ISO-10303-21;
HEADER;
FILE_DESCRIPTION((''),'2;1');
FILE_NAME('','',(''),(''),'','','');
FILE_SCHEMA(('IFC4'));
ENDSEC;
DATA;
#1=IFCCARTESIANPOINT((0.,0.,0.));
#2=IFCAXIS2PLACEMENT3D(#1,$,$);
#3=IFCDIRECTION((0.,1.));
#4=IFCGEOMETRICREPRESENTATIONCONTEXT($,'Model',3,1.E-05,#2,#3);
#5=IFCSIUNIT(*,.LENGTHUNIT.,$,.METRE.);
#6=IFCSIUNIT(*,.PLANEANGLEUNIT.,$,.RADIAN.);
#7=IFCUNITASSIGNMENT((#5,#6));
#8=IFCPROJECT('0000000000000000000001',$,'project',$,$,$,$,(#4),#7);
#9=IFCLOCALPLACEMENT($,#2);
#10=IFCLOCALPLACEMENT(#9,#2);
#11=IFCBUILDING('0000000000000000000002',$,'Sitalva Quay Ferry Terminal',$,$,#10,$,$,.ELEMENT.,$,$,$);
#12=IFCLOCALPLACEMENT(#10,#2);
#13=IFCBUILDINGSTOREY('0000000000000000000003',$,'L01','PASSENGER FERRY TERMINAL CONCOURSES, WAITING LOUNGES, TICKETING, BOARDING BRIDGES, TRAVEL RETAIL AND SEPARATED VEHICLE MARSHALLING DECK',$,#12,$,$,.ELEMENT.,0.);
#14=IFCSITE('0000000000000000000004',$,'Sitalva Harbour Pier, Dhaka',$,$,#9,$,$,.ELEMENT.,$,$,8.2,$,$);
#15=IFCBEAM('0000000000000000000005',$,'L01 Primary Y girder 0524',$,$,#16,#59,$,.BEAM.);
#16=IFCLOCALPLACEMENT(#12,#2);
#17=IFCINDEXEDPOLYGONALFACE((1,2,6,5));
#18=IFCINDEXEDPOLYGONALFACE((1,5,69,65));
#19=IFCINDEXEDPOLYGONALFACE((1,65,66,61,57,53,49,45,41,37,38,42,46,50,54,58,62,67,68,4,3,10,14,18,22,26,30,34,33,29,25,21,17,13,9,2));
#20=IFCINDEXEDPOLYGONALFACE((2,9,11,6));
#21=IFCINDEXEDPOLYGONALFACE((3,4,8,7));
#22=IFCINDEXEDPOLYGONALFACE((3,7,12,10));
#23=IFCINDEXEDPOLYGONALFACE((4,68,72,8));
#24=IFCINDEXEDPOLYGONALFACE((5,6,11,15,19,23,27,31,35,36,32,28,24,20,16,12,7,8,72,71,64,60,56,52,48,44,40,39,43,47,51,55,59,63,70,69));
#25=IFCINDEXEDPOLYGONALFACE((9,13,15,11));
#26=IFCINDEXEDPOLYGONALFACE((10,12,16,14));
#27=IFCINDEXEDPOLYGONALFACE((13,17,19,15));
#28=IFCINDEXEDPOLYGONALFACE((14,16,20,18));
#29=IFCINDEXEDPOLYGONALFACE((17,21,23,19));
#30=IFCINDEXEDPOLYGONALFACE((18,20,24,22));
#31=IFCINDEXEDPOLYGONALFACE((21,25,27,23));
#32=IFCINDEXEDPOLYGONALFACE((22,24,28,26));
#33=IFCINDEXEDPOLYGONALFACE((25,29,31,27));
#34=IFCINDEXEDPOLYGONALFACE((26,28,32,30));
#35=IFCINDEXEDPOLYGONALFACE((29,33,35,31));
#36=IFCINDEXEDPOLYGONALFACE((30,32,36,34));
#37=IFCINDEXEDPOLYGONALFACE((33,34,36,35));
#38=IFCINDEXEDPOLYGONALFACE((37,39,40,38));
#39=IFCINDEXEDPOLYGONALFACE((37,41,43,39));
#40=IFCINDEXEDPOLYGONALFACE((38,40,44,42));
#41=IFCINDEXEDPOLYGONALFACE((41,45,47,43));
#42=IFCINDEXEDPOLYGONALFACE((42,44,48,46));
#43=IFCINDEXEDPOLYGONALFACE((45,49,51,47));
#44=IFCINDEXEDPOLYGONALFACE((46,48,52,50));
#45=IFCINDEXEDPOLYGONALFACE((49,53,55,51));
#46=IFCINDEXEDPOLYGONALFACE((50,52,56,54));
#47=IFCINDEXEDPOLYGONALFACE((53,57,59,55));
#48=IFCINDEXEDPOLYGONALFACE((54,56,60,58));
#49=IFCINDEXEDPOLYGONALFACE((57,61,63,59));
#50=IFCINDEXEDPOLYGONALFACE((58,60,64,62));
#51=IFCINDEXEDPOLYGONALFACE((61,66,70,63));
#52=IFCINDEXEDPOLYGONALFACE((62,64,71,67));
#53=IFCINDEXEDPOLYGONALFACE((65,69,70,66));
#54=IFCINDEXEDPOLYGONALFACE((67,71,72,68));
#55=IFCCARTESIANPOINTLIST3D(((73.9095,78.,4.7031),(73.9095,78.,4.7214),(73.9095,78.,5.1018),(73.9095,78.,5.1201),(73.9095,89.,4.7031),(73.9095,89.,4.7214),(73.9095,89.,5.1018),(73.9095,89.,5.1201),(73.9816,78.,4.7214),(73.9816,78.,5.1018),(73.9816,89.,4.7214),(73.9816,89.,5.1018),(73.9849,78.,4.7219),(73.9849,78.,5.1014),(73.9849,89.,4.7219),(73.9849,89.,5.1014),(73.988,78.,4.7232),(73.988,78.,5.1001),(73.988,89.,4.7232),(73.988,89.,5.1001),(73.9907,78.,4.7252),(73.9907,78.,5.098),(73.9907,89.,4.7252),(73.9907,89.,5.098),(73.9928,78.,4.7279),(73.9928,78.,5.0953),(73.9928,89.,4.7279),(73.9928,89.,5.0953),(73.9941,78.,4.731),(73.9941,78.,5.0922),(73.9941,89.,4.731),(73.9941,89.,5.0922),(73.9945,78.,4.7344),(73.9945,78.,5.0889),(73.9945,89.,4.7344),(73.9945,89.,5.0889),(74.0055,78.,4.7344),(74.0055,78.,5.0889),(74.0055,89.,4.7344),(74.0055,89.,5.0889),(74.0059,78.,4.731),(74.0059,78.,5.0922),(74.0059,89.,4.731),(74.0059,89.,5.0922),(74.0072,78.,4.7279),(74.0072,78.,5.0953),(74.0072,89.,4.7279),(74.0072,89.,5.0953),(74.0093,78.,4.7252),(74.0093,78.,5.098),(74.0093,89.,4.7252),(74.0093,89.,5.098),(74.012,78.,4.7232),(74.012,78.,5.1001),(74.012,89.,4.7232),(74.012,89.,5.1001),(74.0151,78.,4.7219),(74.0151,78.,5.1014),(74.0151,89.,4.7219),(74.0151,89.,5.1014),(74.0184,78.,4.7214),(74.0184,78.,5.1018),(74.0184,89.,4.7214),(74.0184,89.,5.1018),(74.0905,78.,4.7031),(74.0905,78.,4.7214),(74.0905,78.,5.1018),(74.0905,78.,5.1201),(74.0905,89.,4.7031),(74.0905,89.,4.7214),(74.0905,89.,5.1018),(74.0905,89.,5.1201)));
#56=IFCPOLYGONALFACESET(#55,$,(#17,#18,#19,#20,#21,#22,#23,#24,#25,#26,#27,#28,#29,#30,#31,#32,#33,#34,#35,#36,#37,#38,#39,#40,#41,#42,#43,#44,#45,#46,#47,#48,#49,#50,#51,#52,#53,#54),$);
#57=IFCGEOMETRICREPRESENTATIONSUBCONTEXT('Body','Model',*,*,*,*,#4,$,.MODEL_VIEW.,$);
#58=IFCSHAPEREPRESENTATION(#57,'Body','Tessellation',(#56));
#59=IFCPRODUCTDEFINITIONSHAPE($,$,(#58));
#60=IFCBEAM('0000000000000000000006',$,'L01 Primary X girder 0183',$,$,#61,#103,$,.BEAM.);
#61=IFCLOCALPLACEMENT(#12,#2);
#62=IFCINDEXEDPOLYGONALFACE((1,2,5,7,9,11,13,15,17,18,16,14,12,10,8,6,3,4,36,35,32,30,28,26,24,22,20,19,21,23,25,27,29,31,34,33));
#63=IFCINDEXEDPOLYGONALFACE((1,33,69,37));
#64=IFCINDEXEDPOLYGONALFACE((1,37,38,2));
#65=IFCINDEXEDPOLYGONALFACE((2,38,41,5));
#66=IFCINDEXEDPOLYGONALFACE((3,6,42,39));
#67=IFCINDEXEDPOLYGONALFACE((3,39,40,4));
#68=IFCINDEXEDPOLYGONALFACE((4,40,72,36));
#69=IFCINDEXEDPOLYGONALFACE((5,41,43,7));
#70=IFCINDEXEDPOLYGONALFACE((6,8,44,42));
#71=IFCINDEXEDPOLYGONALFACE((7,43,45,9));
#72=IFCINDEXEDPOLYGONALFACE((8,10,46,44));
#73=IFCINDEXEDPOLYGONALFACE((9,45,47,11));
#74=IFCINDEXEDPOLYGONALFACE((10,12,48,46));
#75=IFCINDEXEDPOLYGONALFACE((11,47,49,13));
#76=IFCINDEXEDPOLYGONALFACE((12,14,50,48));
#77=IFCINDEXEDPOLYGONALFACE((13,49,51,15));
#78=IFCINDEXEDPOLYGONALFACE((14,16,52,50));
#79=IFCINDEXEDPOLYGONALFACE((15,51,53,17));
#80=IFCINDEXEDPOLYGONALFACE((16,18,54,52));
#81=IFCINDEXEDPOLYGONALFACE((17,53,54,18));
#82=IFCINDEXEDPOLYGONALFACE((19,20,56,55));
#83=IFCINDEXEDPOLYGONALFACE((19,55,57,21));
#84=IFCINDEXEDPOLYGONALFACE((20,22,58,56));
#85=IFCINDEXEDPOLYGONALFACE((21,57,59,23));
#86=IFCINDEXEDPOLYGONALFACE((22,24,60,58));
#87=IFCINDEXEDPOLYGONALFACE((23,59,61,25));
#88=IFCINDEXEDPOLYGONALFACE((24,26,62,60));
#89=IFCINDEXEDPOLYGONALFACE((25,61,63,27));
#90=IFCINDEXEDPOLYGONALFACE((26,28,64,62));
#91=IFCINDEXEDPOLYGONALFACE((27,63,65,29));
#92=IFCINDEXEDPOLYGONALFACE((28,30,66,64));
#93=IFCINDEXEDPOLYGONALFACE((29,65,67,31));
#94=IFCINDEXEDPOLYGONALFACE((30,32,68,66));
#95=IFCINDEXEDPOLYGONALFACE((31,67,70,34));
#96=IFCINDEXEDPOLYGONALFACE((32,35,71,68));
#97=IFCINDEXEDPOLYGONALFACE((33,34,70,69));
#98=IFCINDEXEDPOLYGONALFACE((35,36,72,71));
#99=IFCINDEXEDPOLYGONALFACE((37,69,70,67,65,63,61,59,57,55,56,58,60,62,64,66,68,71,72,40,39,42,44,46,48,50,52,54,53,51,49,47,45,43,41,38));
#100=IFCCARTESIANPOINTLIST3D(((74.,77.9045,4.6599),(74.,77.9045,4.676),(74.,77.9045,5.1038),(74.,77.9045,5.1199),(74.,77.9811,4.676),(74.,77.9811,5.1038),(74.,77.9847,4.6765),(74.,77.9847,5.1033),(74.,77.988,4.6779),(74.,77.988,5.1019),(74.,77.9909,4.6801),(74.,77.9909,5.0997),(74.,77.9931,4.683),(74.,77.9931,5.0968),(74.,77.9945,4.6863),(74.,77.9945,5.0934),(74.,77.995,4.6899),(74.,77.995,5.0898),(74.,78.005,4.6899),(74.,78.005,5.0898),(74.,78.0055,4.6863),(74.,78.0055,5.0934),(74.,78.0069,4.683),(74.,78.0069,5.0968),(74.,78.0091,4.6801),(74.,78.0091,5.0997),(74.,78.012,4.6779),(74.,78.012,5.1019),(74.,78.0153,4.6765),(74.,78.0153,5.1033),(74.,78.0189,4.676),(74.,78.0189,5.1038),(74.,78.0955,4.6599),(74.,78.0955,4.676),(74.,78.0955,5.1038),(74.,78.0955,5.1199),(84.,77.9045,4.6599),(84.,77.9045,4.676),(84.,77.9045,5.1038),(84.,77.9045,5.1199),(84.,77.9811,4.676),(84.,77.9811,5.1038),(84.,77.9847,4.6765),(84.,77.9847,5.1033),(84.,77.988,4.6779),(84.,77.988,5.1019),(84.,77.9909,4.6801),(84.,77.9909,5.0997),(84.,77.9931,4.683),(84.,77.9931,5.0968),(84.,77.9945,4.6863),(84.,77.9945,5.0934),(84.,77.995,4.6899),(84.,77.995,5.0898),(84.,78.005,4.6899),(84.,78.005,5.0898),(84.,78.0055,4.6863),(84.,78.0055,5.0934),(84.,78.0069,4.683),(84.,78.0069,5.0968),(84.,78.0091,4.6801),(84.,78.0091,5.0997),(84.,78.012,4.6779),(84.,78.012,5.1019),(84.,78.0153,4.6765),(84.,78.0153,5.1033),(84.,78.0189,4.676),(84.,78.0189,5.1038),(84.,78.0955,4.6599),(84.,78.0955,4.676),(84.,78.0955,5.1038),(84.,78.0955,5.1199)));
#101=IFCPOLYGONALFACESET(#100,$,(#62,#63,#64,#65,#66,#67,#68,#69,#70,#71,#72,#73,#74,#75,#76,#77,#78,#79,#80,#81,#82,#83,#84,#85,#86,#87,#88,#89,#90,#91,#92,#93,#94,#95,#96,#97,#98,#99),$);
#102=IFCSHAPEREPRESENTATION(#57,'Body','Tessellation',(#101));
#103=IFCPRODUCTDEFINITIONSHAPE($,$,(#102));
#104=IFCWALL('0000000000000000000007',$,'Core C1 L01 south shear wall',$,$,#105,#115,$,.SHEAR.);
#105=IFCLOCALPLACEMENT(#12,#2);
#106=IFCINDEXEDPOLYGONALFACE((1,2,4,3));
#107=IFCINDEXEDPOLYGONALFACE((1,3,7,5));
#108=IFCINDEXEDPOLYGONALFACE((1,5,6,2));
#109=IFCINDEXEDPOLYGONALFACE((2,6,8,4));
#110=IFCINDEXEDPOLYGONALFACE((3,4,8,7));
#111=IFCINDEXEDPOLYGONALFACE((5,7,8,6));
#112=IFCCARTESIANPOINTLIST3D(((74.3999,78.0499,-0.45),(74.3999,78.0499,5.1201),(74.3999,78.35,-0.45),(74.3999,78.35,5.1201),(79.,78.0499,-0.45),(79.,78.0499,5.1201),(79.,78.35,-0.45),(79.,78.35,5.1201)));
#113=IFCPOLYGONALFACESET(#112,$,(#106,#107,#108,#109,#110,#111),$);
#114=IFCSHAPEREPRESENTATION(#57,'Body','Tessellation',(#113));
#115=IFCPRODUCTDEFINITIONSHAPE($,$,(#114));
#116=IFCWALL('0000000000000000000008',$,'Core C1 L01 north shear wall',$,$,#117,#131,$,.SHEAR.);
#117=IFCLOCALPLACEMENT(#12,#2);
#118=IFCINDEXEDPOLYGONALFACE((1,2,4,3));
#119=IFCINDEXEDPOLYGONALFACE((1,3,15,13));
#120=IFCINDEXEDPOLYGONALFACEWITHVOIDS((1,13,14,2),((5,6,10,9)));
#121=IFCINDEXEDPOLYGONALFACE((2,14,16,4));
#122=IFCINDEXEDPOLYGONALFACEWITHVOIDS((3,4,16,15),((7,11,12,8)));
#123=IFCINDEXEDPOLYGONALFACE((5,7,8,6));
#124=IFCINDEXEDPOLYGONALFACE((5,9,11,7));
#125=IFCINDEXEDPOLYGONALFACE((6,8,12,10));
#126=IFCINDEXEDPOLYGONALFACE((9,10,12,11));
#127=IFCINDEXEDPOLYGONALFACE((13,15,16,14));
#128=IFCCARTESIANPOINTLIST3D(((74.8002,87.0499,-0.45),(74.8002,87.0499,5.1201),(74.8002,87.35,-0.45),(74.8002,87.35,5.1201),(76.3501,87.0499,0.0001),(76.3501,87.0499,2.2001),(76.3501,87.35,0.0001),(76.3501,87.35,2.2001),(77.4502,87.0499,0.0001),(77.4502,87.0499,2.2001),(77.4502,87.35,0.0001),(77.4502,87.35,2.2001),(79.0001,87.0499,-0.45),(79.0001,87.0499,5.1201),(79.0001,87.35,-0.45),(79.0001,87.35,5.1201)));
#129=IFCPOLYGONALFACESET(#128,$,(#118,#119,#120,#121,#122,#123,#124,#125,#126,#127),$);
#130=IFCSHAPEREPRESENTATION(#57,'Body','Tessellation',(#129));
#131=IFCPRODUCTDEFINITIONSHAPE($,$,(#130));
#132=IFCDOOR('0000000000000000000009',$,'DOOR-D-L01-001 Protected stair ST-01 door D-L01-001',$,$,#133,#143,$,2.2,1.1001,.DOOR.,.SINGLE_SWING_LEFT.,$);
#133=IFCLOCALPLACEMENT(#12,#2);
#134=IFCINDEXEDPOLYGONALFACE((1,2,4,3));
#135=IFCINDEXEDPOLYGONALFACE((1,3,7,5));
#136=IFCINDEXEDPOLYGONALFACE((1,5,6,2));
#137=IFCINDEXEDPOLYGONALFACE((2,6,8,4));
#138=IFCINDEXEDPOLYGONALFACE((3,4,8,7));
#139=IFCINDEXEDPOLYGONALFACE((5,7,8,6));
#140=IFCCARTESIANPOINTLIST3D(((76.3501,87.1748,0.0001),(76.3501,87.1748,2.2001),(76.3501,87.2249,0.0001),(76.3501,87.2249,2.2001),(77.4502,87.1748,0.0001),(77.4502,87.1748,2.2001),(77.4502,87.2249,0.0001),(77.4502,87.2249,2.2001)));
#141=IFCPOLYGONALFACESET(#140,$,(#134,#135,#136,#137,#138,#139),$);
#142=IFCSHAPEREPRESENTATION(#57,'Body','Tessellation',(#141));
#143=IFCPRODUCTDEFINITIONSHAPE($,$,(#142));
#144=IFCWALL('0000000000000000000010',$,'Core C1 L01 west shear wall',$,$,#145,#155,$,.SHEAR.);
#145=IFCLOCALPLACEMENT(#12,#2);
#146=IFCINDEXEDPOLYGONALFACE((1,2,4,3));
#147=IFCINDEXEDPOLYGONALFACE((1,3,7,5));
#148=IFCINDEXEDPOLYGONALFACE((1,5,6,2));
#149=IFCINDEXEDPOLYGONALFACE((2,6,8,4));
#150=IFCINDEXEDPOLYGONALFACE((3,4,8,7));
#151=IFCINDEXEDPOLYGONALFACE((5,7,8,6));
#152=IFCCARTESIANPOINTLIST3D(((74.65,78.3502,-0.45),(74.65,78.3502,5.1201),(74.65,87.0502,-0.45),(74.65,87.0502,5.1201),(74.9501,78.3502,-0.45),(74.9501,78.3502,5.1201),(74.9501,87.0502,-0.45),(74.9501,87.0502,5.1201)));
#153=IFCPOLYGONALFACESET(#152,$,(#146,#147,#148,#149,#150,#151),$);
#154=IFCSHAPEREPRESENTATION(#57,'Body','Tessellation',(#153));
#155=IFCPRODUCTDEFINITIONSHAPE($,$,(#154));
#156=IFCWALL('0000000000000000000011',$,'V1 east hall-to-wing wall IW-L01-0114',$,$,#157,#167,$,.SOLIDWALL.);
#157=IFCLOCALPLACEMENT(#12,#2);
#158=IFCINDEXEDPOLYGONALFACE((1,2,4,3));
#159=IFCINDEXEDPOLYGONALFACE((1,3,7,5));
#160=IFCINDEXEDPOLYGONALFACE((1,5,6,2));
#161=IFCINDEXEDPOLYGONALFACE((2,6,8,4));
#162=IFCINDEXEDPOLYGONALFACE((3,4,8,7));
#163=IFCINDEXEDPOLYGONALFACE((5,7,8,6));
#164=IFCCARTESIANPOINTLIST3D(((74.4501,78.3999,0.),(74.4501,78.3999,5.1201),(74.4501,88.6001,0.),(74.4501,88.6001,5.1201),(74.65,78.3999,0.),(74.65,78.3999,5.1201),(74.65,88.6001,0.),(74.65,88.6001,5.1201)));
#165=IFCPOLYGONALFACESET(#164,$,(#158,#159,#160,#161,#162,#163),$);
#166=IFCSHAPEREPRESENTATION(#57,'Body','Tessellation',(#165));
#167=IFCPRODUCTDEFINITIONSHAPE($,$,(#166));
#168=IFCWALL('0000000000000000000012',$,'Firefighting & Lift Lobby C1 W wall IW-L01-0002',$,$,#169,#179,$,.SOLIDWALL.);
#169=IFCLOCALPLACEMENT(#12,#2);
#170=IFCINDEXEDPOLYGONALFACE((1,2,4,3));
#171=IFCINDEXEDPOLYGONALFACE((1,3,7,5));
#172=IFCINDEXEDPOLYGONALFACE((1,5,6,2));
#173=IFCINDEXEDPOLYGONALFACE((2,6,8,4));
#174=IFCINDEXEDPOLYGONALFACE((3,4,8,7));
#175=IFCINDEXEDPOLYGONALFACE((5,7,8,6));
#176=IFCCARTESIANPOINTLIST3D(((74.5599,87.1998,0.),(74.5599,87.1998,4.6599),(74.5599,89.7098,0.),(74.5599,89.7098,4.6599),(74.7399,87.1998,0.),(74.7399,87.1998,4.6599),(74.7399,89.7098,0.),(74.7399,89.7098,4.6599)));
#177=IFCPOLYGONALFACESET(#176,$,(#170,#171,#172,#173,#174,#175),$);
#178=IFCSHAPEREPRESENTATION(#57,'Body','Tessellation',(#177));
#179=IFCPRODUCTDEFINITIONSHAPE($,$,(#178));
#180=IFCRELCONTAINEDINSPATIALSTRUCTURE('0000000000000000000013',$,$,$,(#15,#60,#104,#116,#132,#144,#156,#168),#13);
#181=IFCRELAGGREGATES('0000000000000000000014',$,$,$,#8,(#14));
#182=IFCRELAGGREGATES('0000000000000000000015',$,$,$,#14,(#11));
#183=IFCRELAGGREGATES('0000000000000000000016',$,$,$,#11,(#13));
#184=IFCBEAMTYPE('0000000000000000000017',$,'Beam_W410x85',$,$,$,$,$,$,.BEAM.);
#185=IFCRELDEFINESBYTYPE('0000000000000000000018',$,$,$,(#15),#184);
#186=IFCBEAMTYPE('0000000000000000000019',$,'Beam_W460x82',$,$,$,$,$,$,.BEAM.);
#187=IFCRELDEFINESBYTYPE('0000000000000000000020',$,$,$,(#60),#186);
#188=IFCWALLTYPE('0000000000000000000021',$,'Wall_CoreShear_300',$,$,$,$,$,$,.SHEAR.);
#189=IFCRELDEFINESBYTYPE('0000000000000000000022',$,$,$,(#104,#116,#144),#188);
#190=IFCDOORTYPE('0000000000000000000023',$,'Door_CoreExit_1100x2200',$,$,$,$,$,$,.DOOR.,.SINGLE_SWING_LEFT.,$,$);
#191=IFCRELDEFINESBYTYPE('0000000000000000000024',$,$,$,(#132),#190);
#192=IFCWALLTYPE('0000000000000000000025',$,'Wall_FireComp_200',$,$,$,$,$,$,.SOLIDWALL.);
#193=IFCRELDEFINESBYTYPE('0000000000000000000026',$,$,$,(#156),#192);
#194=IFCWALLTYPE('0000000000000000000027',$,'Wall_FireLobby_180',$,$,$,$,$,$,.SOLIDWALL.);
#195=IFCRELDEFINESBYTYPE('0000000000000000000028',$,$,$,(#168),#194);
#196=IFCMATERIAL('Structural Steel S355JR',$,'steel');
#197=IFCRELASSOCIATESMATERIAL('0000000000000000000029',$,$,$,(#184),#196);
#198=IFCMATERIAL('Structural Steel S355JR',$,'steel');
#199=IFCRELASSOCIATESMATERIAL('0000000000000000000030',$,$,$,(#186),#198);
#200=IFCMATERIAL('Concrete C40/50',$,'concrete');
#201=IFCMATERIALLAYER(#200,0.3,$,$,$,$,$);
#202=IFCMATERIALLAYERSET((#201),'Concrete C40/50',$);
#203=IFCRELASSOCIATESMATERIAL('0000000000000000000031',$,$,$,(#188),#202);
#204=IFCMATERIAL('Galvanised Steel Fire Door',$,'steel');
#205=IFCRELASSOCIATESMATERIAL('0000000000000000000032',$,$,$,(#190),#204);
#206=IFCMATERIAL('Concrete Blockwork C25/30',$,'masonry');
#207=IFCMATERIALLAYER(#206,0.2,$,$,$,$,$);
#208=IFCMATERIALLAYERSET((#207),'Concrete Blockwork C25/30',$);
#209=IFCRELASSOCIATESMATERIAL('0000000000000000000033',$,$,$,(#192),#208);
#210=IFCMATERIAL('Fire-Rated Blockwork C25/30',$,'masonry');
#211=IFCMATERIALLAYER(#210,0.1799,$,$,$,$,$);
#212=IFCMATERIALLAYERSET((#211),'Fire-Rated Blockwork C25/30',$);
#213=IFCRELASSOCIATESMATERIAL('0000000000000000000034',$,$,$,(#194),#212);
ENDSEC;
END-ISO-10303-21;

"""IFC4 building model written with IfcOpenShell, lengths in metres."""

from ifc_helpers import new_model, si_unit, direction, frame, frame_2d, origin, origin_2d, place, context, subcontext, project, spatial, rectangle, i_section, extrude, material, layer, layer_set, material_profile, profile_set, type_object, element, fill, save


model = new_model("IFC4")

# Units and contexts
model_context = context("Model", 3, precision=1e-05, world=origin(), true_north=direction((0.0, 1.0)))
body_context = subcontext(model_context, "Body", "Model", "MODEL_VIEW")
ifc_project = project(units=[si_unit("LENGTHUNIT", "METRE"), si_unit("PLANEANGLEUNIT", "RADIAN")], contexts=[model_context])

# Site, building, storey
site_placement = place(None, origin())
site = spatial("IfcSite", under=ifc_project, at=site_placement, Name="Sitalva Harbour Pier, Dhaka", CompositionType="ELEMENT", RefElevation=8.2)
building_placement = place(site_placement, origin())
building = spatial("IfcBuilding", under=site, at=building_placement, Name="Sitalva Quay Ferry Terminal", CompositionType="ELEMENT")
storey_placement = place(building_placement, origin())
storey = spatial("IfcBuildingStorey", under=building, at=storey_placement, Name="L01", Description="PASSENGER FERRY TERMINAL CONCOURSES, WAITING LOUNGES, TICKETING, BOARDING BRIDGES, TRAVEL RETAIL AND SEPARATED VEHICLE MARSHALLING DECK", CompositionType="ELEMENT", Elevation=0.0)

# Beams
ifc_material_1 = material(Name="Structural Steel S355JR", Category="steel")
ifc_material_profile_1 = material_profile(ifc_material_1, i_section(OverallWidth=0.1809, OverallDepth=0.417, WebThickness=0.011, FlangeThickness=0.0183, FilletRadius=0.0129, at=origin_2d()), Name="W410x85")
ifc_profile_set_1 = profile_set([ifc_material_profile_1], Name="Structural Steel S355JR")
beam_type_1 = type_object("IfcBeamType", Name="Beam_W410x85", PredefinedType="BEAM", material=ifc_profile_set_1)
beam_1_placement = place(storey_placement, frame((74.0, 78.0, 4.9116), z_axis=(0.0, 1.0, 0.0), x_axis=(-1.0, 0.0, 0.0)))
element("IfcBeam", 1, at=beam_1_placement, inside=storey, type_object=beam_type_1, Name="L01 Primary Y girder 0524", PredefinedType="BEAM", context=body_context, shape_type="SweptSolid", body=[
    extrude(i_section(OverallWidth=0.1809, OverallDepth=0.417, WebThickness=0.011, FlangeThickness=0.0183, FilletRadius=0.0129, at=origin_2d()), origin(), (0.0, 0.0, 1.0), 11.0),
])
ifc_material_2 = material(Name="Structural Steel S355JR", Category="steel")
ifc_material_profile_2 = material_profile(ifc_material_2, i_section(OverallWidth=0.1909, OverallDepth=0.46, WebThickness=0.01, FlangeThickness=0.0161, FilletRadius=0.0139, at=origin_2d()), Name="W460x82")
ifc_profile_set_2 = profile_set([ifc_material_profile_2], Name="Structural Steel S355JR")
beam_type_2 = type_object("IfcBeamType", Name="Beam_W460x82", PredefinedType="BEAM", material=ifc_profile_set_2)
beam_2_placement = place(storey_placement, frame((74.0, 78.0, 4.8899), z_axis=(1.0, 0.0, 0.0), x_axis=(0.0, 1.0, 0.0)))
element("IfcBeam", 2, at=beam_2_placement, inside=storey, type_object=beam_type_2, Name="L01 Primary X girder 0183", PredefinedType="BEAM", context=body_context, shape_type="SweptSolid", body=[
    extrude(i_section(OverallWidth=0.1909, OverallDepth=0.46, WebThickness=0.01, FlangeThickness=0.0161, FilletRadius=0.0139, at=origin_2d()), origin(), (0.0, 0.0, 1.0), 10.0),
])

# Wall
ifc_material_3 = material(Name="Concrete C40/50", Category="concrete")
ifc_layer_1 = layer(ifc_material_3, 0.3)
ifc_layer_set_1 = layer_set([ifc_layer_1], Name="Concrete C40/50")
wall_type_1 = type_object("IfcWallType", Name="Wall_CoreShear_300", PredefinedType="SHEAR", material=ifc_layer_set_1)
wall_1_placement = place(storey_placement, frame((74.3999, 78.2, -0.45), z_axis=(0.0, 0.0, 1.0), x_axis=(1.0, 0.0, 0.0)))
element("IfcWall", 3, at=wall_1_placement, inside=storey, type_object=wall_type_1, Name="Core C1 L01 south shear wall", PredefinedType="SHEAR", context=body_context, shape_type="SweptSolid", body=[
    extrude(rectangle(XDim=4.6001, YDim=0.3, at=frame_2d((2.3, 0.0))), origin(), (0.0, 0.0, 1.0), 5.5701),
])

# Wall, opening, door
wall_2_placement = place(storey_placement, frame((74.8, 87.2, -0.45), z_axis=(0.0, 0.0, 1.0), x_axis=(1.0, 0.0, 0.0)))
wall_2 = element("IfcWall", 4, at=wall_2_placement, inside=storey, type_object=wall_type_1, Name="Core C1 L01 north shear wall", PredefinedType="SHEAR", context=body_context, shape_type="SweptSolid", body=[
    extrude(rectangle(XDim=4.2, YDim=0.3, at=frame_2d((2.1001, 0.0))), origin(), (0.0, 0.0, 1.0), 5.5701),
])
opening_placement = place(wall_2_placement, frame((1.55, 0.0, 0.45)))
opening = element("IfcOpeningElement", 5, at=opening_placement, cuts=wall_2, PredefinedType="OPENING", context=body_context, shape_type="SweptSolid", body=[
    extrude(rectangle(XDim=1.1001, YDim=2.2, at=frame_2d((0.55, 1.1001))), frame((0.0, 0.1599, 0.0), z_axis=(0.0, -1.0, 0.0), x_axis=(1.0, 0.0, 0.0)), (0.0, 0.0, 1.0), 0.3201),
])
ifc_material_4 = material(Name="Galvanised Steel Fire Door", Category="steel")
door_type = type_object("IfcDoorType", Name="Door_CoreExit_1100x2200", OperationType="SINGLE_SWING_LEFT", PredefinedType="DOOR", material=ifc_material_4)
door_placement = place(opening_placement, origin())
door = element("IfcDoor", 6, at=door_placement, inside=storey, type_object=door_type, Name="DOOR-D-L01-001 Protected stair ST-01 door D-L01-001", OperationType="SINGLE_SWING_LEFT", OverallHeight=2.2, OverallWidth=1.1001, PredefinedType="DOOR", context=body_context, shape_type="SweptSolid", body=[
    extrude(rectangle(XDim=1.1001, YDim=2.2, at=frame_2d((0.55, 1.1001))), frame((0.0, 0.0249, 0.0), z_axis=(0.0, -1.0, 0.0), x_axis=(1.0, 0.0, 0.0)), (0.0, 0.0, 1.0), 0.05),
])
fill(opening, door)

# Walls
wall_3_placement = place(storey_placement, frame((74.8, 78.3501, -0.45), z_axis=(0.0, 0.0, 1.0), x_axis=(0.0, 1.0, 0.0)))
element("IfcWall", 7, at=wall_3_placement, inside=storey, type_object=wall_type_1, Name="Core C1 L01 west shear wall", PredefinedType="SHEAR", context=body_context, shape_type="SweptSolid", body=[
    extrude(rectangle(XDim=8.7, YDim=0.3, at=frame_2d((4.3501, 0.0))), origin(), (0.0, 0.0, 1.0), 5.5701),
])
ifc_material_5 = material(Name="Concrete Blockwork C25/30", Category="masonry")
ifc_layer_2 = layer(ifc_material_5, 0.2)
ifc_layer_set_2 = layer_set([ifc_layer_2], Name="Concrete Blockwork C25/30")
wall_type_2 = type_object("IfcWallType", Name="Wall_FireComp_200", PredefinedType="SOLIDWALL", material=ifc_layer_set_2)
wall_4_placement = place(storey_placement, frame((74.55, 78.3999, 0.0), z_axis=(0.0, 0.0, 1.0), x_axis=(0.0, 1.0, 0.0)))
element("IfcWall", 8, at=wall_4_placement, inside=storey, type_object=wall_type_2, Name="V1 east hall-to-wing wall IW-L01-0114", PredefinedType="SOLIDWALL", context=body_context, shape_type="SweptSolid", body=[
    extrude(rectangle(XDim=10.2002, YDim=0.2, at=frame_2d((5.1001, 0.0))), origin(), (0.0, 0.0, 1.0), 5.1201),
])
ifc_material_6 = material(Name="Fire-Rated Blockwork C25/30", Category="masonry")
ifc_layer_3 = layer(ifc_material_6, 0.1799)
ifc_layer_set_3 = layer_set([ifc_layer_3], Name="Fire-Rated Blockwork C25/30")
wall_type_3 = type_object("IfcWallType", Name="Wall_FireLobby_180", PredefinedType="SOLIDWALL", material=ifc_layer_set_3)
wall_5_placement = place(storey_placement, frame((74.6499, 87.2, 0.0), z_axis=(0.0, 0.0, 1.0), x_axis=(0.0, 1.0, 0.0)))
element("IfcWall", 9, at=wall_5_placement, inside=storey, type_object=wall_type_3, Name="Firefighting & Lift Lobby C1 W wall IW-L01-0002", PredefinedType="SOLIDWALL", context=body_context, shape_type="SweptSolid", body=[
    extrude(rectangle(XDim=2.51, YDim=0.1799, at=frame_2d((1.2549, 0.0))), origin(), (0.0, 0.0, 1.0), 4.6599),
])

save(model, "model.ifc")
